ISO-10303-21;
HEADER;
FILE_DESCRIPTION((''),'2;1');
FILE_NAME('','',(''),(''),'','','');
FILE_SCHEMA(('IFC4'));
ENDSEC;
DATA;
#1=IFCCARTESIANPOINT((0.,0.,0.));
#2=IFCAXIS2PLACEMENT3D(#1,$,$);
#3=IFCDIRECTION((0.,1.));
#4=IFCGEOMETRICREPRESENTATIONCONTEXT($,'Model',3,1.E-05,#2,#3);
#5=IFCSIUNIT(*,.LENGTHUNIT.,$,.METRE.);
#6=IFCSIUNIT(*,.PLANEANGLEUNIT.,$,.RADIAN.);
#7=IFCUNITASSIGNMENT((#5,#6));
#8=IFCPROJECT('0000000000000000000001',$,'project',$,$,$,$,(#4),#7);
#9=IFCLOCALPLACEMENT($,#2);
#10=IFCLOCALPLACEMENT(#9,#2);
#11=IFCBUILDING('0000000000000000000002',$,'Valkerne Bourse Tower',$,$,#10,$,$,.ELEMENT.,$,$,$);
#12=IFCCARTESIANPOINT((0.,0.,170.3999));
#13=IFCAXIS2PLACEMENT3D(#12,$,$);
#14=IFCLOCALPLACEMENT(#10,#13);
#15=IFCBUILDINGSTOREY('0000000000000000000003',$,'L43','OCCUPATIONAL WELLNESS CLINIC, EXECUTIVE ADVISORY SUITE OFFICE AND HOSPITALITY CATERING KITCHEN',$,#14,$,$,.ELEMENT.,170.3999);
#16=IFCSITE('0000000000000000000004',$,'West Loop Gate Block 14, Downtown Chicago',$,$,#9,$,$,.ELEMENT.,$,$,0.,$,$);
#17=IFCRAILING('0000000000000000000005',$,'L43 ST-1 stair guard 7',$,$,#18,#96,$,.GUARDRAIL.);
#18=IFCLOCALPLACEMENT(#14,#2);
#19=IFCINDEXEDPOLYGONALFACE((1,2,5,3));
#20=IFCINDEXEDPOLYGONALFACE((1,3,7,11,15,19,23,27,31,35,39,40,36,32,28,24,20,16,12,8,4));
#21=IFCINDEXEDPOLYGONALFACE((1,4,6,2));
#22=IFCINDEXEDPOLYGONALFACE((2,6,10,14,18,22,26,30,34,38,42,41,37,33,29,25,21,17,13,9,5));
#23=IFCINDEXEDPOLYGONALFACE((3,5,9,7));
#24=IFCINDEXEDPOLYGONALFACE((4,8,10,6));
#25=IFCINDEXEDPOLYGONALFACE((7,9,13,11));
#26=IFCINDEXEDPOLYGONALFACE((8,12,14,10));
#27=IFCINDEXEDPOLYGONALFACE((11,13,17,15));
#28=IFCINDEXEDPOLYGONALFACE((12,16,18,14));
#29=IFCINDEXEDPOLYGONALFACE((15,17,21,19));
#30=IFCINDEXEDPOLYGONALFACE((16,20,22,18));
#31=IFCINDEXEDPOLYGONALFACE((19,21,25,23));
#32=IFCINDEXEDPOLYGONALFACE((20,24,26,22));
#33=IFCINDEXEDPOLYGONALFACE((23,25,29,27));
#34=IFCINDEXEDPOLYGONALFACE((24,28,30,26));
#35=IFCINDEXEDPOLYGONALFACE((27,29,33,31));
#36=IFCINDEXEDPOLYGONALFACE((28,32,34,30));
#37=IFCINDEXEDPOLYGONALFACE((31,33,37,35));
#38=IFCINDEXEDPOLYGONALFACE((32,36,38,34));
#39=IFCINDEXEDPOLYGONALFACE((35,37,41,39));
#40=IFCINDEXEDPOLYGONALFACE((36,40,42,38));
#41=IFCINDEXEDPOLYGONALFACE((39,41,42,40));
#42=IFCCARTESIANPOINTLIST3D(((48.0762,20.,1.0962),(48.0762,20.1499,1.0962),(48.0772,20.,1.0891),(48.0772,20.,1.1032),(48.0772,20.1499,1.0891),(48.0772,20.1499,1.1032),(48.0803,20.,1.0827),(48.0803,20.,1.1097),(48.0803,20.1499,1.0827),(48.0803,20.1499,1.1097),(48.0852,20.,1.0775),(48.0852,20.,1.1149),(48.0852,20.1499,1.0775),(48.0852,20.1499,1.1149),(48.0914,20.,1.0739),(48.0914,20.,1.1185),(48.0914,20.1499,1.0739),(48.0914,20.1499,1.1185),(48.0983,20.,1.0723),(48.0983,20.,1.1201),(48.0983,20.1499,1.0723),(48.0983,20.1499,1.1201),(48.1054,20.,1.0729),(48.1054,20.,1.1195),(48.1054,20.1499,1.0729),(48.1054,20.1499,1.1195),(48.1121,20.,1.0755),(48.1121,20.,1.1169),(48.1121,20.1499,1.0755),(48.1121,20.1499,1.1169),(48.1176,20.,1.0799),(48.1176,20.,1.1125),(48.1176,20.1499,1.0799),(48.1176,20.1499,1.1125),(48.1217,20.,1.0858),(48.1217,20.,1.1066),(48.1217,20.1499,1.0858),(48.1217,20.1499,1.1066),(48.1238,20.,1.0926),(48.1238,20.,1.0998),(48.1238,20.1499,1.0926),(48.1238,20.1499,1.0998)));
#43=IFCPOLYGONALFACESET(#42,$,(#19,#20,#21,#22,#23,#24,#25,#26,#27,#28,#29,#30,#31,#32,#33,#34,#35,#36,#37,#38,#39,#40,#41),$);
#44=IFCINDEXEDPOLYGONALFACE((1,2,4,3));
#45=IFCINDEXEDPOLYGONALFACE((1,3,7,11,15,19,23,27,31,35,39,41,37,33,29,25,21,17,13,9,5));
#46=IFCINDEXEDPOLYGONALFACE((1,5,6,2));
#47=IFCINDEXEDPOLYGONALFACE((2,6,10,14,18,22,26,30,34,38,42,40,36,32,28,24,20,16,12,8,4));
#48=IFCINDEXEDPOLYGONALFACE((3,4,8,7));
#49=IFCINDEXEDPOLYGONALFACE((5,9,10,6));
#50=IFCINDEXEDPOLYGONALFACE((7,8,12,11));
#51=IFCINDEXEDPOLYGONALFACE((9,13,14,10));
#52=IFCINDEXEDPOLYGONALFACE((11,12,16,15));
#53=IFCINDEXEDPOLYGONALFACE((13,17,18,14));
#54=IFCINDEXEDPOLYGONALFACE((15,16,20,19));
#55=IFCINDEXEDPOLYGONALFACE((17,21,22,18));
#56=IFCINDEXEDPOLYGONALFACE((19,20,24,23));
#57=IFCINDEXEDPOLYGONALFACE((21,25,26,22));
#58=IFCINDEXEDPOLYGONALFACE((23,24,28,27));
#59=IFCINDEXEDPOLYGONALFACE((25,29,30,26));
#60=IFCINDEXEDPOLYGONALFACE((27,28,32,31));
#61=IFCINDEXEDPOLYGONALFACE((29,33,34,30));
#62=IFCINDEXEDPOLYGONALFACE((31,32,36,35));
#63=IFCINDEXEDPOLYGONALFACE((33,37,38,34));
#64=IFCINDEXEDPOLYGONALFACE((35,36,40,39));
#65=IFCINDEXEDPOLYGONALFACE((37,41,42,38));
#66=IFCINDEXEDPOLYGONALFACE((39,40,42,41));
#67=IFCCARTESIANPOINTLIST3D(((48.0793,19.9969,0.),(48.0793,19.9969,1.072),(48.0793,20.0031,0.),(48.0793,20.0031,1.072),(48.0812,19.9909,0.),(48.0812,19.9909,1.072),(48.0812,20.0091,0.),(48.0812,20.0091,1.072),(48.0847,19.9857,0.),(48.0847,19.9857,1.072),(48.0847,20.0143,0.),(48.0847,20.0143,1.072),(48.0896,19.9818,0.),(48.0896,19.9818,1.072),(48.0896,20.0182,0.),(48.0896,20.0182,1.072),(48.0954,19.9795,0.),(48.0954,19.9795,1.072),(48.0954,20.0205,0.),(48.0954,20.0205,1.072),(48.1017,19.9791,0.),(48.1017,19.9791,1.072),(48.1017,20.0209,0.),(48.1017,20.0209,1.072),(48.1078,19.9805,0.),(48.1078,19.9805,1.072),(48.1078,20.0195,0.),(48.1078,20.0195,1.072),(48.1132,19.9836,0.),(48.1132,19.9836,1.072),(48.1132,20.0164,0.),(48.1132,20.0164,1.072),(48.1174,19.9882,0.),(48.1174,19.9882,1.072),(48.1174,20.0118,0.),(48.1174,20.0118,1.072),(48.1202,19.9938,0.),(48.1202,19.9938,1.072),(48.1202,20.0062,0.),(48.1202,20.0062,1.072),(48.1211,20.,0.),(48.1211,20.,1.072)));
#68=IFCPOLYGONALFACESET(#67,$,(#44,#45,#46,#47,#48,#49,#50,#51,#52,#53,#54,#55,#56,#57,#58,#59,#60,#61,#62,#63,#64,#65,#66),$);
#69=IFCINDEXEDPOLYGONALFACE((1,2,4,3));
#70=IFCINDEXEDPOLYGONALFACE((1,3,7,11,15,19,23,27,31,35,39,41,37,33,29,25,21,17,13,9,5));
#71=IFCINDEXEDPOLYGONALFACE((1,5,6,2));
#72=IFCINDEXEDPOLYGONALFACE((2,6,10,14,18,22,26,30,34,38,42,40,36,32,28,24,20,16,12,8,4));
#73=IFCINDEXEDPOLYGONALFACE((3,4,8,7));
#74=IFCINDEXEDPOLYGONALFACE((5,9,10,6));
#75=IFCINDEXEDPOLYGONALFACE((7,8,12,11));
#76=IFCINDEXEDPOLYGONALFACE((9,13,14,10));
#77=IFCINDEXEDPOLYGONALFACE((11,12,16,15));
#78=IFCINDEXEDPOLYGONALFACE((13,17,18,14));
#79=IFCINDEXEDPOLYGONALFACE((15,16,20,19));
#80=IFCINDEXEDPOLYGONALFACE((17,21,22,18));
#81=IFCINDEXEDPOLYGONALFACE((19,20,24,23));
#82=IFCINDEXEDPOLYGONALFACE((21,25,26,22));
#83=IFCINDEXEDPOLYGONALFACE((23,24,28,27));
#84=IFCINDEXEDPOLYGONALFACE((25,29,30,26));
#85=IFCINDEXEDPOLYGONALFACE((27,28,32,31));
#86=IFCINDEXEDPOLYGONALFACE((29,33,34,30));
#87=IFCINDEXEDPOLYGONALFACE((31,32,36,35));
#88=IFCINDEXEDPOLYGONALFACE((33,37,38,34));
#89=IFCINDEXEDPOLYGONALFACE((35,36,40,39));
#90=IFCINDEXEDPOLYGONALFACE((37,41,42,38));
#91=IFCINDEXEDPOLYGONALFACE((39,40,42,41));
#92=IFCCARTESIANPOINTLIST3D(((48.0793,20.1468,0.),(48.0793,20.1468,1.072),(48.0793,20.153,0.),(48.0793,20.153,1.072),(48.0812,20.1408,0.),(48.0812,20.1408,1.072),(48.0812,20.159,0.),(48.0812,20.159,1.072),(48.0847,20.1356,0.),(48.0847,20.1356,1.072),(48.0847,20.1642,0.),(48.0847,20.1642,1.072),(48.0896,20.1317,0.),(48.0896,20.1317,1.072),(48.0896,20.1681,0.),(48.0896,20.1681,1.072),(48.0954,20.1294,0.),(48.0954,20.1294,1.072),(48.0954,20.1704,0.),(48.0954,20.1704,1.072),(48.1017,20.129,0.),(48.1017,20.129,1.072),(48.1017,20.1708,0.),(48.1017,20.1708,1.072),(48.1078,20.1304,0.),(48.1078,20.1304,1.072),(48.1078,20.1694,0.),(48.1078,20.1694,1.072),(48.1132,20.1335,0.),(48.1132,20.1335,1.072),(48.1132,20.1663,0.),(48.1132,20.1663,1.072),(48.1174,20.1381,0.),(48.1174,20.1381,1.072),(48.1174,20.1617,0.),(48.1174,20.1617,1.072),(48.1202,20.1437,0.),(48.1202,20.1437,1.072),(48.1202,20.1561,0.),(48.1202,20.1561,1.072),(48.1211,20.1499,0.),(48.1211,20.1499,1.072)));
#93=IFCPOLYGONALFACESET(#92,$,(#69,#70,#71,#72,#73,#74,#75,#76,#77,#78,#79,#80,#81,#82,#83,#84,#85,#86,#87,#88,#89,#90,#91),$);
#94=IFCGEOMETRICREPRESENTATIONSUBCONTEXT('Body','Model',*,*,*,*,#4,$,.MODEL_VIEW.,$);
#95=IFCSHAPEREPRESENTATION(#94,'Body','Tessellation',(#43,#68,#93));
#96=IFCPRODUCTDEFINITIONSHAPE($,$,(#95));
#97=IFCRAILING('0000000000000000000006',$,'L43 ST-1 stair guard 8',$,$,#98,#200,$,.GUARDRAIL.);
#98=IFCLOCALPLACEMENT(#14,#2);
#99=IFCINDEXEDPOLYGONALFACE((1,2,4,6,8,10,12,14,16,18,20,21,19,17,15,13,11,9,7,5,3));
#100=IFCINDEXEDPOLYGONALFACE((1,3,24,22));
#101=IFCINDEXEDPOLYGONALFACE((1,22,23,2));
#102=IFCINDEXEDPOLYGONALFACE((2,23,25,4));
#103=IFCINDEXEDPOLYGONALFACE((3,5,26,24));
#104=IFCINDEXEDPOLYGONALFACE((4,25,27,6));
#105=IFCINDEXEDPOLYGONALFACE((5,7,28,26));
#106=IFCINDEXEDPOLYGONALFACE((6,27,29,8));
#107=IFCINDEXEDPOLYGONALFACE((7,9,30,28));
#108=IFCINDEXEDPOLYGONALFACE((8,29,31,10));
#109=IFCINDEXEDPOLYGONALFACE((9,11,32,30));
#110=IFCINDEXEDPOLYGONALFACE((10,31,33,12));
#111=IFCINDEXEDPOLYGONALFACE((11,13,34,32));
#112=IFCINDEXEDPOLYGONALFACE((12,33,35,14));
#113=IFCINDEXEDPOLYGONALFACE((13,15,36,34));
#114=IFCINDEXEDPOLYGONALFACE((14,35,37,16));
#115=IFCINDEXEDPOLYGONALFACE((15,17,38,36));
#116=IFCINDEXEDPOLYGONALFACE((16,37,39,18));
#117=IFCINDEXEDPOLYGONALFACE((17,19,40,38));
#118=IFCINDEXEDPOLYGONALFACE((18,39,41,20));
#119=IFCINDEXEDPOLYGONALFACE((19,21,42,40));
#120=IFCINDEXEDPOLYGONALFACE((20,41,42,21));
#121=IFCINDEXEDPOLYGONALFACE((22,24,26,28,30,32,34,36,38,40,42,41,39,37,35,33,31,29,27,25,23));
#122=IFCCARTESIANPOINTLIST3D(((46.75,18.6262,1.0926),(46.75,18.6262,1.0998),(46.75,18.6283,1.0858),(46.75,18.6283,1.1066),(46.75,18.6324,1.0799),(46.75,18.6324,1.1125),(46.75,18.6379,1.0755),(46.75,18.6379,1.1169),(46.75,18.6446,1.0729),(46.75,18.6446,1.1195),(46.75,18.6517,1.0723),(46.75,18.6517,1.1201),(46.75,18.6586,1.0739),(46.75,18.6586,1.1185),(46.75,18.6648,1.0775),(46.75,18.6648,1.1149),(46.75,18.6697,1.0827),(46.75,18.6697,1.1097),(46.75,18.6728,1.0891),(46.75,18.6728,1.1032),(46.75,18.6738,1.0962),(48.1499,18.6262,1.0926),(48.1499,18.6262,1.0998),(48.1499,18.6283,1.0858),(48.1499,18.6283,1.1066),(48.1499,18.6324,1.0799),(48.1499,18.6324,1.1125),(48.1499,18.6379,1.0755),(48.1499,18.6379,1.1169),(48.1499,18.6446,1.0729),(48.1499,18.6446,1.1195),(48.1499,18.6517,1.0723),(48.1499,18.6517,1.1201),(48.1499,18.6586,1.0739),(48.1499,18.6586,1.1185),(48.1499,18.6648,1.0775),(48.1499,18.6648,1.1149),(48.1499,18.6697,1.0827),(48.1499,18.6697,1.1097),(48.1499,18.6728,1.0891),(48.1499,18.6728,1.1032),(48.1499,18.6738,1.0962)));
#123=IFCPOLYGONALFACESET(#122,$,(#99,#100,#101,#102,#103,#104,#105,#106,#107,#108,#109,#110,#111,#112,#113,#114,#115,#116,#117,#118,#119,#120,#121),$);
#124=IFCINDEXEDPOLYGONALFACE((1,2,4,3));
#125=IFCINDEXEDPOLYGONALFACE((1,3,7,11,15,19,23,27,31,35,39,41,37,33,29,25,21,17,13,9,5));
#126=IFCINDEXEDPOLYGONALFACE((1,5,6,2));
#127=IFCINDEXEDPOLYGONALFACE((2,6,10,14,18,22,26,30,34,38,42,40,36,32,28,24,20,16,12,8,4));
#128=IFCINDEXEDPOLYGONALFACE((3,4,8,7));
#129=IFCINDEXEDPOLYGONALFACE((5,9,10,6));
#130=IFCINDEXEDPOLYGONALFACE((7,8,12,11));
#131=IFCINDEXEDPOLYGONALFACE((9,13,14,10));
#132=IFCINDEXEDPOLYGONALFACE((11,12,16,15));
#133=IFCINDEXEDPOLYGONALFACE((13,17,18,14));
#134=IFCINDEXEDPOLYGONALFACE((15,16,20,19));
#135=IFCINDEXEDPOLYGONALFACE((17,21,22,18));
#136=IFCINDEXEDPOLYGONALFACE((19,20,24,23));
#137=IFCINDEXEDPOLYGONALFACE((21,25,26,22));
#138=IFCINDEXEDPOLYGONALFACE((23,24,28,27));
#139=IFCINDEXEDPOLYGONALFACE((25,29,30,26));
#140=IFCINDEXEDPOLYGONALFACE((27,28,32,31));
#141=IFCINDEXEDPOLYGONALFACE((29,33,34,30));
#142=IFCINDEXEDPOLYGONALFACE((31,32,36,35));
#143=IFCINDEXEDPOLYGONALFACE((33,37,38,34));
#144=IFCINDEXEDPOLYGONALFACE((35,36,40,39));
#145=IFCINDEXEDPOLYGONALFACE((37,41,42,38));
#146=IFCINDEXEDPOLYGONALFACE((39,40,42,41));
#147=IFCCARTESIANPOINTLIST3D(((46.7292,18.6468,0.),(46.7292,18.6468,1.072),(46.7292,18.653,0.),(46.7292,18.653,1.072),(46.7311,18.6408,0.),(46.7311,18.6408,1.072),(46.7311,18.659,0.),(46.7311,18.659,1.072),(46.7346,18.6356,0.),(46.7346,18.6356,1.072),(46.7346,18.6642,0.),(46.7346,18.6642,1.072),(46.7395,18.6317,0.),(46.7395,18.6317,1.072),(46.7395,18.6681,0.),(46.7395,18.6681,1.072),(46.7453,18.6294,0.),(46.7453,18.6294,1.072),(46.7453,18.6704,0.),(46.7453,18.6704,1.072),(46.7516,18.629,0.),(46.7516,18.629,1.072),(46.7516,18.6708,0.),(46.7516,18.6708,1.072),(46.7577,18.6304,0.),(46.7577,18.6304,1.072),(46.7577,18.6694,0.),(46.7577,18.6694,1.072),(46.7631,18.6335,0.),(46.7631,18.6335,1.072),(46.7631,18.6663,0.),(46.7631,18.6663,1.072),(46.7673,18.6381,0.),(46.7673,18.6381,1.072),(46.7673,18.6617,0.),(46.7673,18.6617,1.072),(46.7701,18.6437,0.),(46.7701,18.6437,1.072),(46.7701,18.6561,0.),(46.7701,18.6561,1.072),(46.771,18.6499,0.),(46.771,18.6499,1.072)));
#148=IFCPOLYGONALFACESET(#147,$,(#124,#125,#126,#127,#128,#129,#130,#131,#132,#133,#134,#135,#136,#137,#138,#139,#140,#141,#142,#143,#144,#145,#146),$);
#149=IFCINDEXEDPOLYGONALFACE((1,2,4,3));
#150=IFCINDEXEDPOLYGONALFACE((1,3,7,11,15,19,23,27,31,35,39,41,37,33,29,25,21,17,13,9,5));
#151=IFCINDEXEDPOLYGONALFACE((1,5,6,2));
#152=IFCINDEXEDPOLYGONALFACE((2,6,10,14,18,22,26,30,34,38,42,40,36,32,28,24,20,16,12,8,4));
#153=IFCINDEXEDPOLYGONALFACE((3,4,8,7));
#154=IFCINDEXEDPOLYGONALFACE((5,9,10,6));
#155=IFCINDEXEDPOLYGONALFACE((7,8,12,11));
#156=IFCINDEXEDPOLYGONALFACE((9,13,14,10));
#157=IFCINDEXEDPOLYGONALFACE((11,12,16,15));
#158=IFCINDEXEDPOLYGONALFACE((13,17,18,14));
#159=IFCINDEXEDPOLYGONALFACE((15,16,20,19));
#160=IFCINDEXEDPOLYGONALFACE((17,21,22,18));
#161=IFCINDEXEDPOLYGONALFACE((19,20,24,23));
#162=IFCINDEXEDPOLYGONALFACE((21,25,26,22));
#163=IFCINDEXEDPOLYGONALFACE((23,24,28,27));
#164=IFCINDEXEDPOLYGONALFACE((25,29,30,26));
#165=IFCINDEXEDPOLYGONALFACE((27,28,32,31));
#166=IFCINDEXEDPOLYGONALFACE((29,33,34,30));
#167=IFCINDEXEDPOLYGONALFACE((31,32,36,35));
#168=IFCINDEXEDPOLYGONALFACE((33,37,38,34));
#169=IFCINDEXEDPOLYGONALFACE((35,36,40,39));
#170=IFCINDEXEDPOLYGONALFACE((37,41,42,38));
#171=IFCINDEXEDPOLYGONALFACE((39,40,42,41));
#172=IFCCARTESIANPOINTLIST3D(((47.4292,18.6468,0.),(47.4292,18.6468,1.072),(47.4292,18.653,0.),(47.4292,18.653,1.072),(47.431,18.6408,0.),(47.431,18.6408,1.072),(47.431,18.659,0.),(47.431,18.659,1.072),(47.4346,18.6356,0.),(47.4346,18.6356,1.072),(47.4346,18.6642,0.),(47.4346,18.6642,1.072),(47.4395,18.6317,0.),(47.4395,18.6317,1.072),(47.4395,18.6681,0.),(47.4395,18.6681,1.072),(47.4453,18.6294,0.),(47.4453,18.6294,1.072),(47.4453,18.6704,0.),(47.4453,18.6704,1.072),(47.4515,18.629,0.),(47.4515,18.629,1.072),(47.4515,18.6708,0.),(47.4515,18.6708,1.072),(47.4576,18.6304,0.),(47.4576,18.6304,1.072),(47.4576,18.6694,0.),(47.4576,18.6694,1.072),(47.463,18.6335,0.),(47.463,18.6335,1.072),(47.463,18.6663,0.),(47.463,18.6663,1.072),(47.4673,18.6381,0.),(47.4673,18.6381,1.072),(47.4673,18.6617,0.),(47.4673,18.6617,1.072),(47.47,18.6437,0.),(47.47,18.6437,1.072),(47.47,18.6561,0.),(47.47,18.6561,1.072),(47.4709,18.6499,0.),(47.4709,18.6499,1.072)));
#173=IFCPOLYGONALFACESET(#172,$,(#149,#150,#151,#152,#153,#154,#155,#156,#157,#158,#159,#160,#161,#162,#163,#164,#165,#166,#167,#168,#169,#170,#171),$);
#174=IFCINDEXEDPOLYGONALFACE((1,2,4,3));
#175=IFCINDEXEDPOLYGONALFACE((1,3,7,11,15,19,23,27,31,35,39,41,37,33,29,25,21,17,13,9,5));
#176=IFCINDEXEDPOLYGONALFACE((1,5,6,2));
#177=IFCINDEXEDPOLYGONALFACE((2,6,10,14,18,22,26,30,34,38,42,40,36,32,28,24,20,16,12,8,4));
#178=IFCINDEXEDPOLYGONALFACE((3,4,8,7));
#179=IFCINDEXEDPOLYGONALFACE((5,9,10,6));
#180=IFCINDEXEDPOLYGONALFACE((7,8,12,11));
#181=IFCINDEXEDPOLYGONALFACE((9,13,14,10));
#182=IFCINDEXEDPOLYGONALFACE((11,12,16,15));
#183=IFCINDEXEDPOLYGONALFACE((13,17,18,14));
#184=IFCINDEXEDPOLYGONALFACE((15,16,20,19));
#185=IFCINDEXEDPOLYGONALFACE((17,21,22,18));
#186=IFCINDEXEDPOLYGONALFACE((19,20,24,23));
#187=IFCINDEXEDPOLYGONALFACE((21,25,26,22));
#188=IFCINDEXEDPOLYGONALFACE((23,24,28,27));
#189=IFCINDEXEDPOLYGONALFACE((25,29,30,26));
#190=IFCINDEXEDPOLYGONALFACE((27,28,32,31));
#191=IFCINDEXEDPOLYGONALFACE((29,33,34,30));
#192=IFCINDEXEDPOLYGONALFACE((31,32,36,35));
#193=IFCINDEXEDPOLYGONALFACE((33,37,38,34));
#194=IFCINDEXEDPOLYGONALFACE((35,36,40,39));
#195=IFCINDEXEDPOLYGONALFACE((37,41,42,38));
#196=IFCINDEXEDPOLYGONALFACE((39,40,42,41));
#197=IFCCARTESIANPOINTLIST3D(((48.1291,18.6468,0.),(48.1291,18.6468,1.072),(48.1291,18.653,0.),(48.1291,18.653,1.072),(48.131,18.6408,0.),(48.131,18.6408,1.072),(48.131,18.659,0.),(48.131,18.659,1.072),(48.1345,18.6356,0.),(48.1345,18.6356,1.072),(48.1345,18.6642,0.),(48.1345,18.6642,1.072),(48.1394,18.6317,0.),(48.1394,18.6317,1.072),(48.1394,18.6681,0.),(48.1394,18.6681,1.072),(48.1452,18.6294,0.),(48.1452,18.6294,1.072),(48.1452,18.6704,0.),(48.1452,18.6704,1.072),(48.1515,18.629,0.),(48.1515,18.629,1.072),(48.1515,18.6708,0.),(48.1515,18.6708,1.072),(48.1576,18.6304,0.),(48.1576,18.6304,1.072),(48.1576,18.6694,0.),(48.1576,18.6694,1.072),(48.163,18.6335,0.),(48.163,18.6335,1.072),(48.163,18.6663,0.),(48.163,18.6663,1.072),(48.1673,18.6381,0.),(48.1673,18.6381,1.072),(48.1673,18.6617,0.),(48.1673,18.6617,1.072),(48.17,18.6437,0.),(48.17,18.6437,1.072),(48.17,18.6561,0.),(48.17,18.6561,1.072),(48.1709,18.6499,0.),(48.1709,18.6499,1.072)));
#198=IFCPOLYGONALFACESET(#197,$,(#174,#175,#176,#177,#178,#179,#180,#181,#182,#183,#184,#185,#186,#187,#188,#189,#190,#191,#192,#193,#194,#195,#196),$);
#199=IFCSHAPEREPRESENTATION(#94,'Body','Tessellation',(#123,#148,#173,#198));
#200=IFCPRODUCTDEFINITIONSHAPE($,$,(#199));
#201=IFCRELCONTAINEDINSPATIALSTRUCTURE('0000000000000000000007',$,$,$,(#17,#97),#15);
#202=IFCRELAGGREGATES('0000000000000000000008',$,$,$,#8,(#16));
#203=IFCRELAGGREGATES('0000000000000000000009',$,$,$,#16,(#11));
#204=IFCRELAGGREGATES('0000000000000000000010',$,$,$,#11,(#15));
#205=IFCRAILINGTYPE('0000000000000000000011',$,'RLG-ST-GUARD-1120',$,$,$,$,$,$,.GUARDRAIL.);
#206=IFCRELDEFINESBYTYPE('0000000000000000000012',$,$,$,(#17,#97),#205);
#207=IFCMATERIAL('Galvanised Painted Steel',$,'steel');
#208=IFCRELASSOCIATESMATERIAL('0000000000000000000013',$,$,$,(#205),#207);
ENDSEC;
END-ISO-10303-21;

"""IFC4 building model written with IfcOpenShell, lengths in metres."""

from ifc_helpers import new_model, si_unit, direction, frame, origin, origin_2d, place, context, subcontext, project, spatial, circle, extrude, material, type_object, element, save


model = new_model("IFC4")

# Units and contexts
model_context = context("Model", 3, precision=1e-05, world=origin(), true_north=direction((0.0, 1.0)))
body_context = subcontext(model_context, "Body", "Model", "MODEL_VIEW")
ifc_project = project(units=[si_unit("LENGTHUNIT", "METRE"), si_unit("PLANEANGLEUNIT", "RADIAN")], contexts=[model_context])

# Site, building, storey
site_placement = place(None, origin())
site = spatial("IfcSite", under=ifc_project, at=site_placement, Name="West Loop Gate Block 14, Downtown Chicago", CompositionType="ELEMENT", RefElevation=0.0)
building_placement = place(site_placement, origin())
building = spatial("IfcBuilding", under=site, at=building_placement, Name="Valkerne Bourse Tower", CompositionType="ELEMENT")
storey_placement = place(building_placement, frame((0.0, 0.0, 170.3999)))
storey = spatial("IfcBuildingStorey", under=building, at=storey_placement, Name="L43", Description="OCCUPATIONAL WELLNESS CLINIC, EXECUTIVE ADVISORY SUITE OFFICE AND HOSPITALITY CATERING KITCHEN", CompositionType="ELEMENT", Elevation=170.3999)

# Shared definitions
ifc_material_1 = material(Name="Galvanised Painted Steel", Category="steel")

# Railings
railing_type_1 = type_object("IfcRailingType", Name="RLG-ST-GUARD-1120", PredefinedType="GUARDRAIL", material=ifc_material_1)
railing_1_placement = place(storey_placement, frame((48.1001, 20.0, 0.0)))
element("IfcRailing", 1, at=railing_1_placement, inside=storey, type_object=railing_type_1, Name="L43 ST-1 stair guard 7", PredefinedType="GUARDRAIL", context=body_context, shape_type="SweptSolid", body=[
    extrude(circle(Radius=0.0239, at=origin_2d()), frame((0.0, 0.0, 1.0962), z_axis=(0.0, 1.0, 0.0), x_axis=(-1.0, 0.0, 0.0)), (0.0, 0.0, 1.0), 0.1499),
    extrude(circle(Radius=0.021, at=origin_2d()), origin(), (0.0, 0.0, 1.0), 1.072),
    extrude(circle(Radius=0.021, at=origin_2d()), frame((0.0, 0.1499, 0.0)), (0.0, 0.0, 1.0), 1.072),
])
for number, where, name in (
    (2, (46.75, 18.6499, 0.0), "L43 ST-1 stair guard 8"),
):
    element("IfcRailing", number, at=place(storey_placement, frame(where)), inside=storey, type_object=railing_type_1, Name=name, PredefinedType="GUARDRAIL", context=body_context, shape_type="SweptSolid", body=[
        extrude(circle(Radius=0.0239, at=origin_2d()), frame((0.0, 0.0, 1.0962), z_axis=(1.0, 0.0, 0.0), x_axis=(0.0, 1.0, 0.0)), (0.0, 0.0, 1.0), 1.3999),
        extrude(circle(Radius=0.021, at=origin_2d()), origin(), (0.0, 0.0, 1.0), 1.072),
        extrude(circle(Radius=0.021, at=origin_2d()), frame((0.7, 0.0, 0.0)), (0.0, 0.0, 1.0), 1.072),
        extrude(circle(Radius=0.021, at=origin_2d()), frame((1.3999, 0.0, 0.0)), (0.0, 0.0, 1.0), 1.072),
    ])

save(model, "model.ifc")
